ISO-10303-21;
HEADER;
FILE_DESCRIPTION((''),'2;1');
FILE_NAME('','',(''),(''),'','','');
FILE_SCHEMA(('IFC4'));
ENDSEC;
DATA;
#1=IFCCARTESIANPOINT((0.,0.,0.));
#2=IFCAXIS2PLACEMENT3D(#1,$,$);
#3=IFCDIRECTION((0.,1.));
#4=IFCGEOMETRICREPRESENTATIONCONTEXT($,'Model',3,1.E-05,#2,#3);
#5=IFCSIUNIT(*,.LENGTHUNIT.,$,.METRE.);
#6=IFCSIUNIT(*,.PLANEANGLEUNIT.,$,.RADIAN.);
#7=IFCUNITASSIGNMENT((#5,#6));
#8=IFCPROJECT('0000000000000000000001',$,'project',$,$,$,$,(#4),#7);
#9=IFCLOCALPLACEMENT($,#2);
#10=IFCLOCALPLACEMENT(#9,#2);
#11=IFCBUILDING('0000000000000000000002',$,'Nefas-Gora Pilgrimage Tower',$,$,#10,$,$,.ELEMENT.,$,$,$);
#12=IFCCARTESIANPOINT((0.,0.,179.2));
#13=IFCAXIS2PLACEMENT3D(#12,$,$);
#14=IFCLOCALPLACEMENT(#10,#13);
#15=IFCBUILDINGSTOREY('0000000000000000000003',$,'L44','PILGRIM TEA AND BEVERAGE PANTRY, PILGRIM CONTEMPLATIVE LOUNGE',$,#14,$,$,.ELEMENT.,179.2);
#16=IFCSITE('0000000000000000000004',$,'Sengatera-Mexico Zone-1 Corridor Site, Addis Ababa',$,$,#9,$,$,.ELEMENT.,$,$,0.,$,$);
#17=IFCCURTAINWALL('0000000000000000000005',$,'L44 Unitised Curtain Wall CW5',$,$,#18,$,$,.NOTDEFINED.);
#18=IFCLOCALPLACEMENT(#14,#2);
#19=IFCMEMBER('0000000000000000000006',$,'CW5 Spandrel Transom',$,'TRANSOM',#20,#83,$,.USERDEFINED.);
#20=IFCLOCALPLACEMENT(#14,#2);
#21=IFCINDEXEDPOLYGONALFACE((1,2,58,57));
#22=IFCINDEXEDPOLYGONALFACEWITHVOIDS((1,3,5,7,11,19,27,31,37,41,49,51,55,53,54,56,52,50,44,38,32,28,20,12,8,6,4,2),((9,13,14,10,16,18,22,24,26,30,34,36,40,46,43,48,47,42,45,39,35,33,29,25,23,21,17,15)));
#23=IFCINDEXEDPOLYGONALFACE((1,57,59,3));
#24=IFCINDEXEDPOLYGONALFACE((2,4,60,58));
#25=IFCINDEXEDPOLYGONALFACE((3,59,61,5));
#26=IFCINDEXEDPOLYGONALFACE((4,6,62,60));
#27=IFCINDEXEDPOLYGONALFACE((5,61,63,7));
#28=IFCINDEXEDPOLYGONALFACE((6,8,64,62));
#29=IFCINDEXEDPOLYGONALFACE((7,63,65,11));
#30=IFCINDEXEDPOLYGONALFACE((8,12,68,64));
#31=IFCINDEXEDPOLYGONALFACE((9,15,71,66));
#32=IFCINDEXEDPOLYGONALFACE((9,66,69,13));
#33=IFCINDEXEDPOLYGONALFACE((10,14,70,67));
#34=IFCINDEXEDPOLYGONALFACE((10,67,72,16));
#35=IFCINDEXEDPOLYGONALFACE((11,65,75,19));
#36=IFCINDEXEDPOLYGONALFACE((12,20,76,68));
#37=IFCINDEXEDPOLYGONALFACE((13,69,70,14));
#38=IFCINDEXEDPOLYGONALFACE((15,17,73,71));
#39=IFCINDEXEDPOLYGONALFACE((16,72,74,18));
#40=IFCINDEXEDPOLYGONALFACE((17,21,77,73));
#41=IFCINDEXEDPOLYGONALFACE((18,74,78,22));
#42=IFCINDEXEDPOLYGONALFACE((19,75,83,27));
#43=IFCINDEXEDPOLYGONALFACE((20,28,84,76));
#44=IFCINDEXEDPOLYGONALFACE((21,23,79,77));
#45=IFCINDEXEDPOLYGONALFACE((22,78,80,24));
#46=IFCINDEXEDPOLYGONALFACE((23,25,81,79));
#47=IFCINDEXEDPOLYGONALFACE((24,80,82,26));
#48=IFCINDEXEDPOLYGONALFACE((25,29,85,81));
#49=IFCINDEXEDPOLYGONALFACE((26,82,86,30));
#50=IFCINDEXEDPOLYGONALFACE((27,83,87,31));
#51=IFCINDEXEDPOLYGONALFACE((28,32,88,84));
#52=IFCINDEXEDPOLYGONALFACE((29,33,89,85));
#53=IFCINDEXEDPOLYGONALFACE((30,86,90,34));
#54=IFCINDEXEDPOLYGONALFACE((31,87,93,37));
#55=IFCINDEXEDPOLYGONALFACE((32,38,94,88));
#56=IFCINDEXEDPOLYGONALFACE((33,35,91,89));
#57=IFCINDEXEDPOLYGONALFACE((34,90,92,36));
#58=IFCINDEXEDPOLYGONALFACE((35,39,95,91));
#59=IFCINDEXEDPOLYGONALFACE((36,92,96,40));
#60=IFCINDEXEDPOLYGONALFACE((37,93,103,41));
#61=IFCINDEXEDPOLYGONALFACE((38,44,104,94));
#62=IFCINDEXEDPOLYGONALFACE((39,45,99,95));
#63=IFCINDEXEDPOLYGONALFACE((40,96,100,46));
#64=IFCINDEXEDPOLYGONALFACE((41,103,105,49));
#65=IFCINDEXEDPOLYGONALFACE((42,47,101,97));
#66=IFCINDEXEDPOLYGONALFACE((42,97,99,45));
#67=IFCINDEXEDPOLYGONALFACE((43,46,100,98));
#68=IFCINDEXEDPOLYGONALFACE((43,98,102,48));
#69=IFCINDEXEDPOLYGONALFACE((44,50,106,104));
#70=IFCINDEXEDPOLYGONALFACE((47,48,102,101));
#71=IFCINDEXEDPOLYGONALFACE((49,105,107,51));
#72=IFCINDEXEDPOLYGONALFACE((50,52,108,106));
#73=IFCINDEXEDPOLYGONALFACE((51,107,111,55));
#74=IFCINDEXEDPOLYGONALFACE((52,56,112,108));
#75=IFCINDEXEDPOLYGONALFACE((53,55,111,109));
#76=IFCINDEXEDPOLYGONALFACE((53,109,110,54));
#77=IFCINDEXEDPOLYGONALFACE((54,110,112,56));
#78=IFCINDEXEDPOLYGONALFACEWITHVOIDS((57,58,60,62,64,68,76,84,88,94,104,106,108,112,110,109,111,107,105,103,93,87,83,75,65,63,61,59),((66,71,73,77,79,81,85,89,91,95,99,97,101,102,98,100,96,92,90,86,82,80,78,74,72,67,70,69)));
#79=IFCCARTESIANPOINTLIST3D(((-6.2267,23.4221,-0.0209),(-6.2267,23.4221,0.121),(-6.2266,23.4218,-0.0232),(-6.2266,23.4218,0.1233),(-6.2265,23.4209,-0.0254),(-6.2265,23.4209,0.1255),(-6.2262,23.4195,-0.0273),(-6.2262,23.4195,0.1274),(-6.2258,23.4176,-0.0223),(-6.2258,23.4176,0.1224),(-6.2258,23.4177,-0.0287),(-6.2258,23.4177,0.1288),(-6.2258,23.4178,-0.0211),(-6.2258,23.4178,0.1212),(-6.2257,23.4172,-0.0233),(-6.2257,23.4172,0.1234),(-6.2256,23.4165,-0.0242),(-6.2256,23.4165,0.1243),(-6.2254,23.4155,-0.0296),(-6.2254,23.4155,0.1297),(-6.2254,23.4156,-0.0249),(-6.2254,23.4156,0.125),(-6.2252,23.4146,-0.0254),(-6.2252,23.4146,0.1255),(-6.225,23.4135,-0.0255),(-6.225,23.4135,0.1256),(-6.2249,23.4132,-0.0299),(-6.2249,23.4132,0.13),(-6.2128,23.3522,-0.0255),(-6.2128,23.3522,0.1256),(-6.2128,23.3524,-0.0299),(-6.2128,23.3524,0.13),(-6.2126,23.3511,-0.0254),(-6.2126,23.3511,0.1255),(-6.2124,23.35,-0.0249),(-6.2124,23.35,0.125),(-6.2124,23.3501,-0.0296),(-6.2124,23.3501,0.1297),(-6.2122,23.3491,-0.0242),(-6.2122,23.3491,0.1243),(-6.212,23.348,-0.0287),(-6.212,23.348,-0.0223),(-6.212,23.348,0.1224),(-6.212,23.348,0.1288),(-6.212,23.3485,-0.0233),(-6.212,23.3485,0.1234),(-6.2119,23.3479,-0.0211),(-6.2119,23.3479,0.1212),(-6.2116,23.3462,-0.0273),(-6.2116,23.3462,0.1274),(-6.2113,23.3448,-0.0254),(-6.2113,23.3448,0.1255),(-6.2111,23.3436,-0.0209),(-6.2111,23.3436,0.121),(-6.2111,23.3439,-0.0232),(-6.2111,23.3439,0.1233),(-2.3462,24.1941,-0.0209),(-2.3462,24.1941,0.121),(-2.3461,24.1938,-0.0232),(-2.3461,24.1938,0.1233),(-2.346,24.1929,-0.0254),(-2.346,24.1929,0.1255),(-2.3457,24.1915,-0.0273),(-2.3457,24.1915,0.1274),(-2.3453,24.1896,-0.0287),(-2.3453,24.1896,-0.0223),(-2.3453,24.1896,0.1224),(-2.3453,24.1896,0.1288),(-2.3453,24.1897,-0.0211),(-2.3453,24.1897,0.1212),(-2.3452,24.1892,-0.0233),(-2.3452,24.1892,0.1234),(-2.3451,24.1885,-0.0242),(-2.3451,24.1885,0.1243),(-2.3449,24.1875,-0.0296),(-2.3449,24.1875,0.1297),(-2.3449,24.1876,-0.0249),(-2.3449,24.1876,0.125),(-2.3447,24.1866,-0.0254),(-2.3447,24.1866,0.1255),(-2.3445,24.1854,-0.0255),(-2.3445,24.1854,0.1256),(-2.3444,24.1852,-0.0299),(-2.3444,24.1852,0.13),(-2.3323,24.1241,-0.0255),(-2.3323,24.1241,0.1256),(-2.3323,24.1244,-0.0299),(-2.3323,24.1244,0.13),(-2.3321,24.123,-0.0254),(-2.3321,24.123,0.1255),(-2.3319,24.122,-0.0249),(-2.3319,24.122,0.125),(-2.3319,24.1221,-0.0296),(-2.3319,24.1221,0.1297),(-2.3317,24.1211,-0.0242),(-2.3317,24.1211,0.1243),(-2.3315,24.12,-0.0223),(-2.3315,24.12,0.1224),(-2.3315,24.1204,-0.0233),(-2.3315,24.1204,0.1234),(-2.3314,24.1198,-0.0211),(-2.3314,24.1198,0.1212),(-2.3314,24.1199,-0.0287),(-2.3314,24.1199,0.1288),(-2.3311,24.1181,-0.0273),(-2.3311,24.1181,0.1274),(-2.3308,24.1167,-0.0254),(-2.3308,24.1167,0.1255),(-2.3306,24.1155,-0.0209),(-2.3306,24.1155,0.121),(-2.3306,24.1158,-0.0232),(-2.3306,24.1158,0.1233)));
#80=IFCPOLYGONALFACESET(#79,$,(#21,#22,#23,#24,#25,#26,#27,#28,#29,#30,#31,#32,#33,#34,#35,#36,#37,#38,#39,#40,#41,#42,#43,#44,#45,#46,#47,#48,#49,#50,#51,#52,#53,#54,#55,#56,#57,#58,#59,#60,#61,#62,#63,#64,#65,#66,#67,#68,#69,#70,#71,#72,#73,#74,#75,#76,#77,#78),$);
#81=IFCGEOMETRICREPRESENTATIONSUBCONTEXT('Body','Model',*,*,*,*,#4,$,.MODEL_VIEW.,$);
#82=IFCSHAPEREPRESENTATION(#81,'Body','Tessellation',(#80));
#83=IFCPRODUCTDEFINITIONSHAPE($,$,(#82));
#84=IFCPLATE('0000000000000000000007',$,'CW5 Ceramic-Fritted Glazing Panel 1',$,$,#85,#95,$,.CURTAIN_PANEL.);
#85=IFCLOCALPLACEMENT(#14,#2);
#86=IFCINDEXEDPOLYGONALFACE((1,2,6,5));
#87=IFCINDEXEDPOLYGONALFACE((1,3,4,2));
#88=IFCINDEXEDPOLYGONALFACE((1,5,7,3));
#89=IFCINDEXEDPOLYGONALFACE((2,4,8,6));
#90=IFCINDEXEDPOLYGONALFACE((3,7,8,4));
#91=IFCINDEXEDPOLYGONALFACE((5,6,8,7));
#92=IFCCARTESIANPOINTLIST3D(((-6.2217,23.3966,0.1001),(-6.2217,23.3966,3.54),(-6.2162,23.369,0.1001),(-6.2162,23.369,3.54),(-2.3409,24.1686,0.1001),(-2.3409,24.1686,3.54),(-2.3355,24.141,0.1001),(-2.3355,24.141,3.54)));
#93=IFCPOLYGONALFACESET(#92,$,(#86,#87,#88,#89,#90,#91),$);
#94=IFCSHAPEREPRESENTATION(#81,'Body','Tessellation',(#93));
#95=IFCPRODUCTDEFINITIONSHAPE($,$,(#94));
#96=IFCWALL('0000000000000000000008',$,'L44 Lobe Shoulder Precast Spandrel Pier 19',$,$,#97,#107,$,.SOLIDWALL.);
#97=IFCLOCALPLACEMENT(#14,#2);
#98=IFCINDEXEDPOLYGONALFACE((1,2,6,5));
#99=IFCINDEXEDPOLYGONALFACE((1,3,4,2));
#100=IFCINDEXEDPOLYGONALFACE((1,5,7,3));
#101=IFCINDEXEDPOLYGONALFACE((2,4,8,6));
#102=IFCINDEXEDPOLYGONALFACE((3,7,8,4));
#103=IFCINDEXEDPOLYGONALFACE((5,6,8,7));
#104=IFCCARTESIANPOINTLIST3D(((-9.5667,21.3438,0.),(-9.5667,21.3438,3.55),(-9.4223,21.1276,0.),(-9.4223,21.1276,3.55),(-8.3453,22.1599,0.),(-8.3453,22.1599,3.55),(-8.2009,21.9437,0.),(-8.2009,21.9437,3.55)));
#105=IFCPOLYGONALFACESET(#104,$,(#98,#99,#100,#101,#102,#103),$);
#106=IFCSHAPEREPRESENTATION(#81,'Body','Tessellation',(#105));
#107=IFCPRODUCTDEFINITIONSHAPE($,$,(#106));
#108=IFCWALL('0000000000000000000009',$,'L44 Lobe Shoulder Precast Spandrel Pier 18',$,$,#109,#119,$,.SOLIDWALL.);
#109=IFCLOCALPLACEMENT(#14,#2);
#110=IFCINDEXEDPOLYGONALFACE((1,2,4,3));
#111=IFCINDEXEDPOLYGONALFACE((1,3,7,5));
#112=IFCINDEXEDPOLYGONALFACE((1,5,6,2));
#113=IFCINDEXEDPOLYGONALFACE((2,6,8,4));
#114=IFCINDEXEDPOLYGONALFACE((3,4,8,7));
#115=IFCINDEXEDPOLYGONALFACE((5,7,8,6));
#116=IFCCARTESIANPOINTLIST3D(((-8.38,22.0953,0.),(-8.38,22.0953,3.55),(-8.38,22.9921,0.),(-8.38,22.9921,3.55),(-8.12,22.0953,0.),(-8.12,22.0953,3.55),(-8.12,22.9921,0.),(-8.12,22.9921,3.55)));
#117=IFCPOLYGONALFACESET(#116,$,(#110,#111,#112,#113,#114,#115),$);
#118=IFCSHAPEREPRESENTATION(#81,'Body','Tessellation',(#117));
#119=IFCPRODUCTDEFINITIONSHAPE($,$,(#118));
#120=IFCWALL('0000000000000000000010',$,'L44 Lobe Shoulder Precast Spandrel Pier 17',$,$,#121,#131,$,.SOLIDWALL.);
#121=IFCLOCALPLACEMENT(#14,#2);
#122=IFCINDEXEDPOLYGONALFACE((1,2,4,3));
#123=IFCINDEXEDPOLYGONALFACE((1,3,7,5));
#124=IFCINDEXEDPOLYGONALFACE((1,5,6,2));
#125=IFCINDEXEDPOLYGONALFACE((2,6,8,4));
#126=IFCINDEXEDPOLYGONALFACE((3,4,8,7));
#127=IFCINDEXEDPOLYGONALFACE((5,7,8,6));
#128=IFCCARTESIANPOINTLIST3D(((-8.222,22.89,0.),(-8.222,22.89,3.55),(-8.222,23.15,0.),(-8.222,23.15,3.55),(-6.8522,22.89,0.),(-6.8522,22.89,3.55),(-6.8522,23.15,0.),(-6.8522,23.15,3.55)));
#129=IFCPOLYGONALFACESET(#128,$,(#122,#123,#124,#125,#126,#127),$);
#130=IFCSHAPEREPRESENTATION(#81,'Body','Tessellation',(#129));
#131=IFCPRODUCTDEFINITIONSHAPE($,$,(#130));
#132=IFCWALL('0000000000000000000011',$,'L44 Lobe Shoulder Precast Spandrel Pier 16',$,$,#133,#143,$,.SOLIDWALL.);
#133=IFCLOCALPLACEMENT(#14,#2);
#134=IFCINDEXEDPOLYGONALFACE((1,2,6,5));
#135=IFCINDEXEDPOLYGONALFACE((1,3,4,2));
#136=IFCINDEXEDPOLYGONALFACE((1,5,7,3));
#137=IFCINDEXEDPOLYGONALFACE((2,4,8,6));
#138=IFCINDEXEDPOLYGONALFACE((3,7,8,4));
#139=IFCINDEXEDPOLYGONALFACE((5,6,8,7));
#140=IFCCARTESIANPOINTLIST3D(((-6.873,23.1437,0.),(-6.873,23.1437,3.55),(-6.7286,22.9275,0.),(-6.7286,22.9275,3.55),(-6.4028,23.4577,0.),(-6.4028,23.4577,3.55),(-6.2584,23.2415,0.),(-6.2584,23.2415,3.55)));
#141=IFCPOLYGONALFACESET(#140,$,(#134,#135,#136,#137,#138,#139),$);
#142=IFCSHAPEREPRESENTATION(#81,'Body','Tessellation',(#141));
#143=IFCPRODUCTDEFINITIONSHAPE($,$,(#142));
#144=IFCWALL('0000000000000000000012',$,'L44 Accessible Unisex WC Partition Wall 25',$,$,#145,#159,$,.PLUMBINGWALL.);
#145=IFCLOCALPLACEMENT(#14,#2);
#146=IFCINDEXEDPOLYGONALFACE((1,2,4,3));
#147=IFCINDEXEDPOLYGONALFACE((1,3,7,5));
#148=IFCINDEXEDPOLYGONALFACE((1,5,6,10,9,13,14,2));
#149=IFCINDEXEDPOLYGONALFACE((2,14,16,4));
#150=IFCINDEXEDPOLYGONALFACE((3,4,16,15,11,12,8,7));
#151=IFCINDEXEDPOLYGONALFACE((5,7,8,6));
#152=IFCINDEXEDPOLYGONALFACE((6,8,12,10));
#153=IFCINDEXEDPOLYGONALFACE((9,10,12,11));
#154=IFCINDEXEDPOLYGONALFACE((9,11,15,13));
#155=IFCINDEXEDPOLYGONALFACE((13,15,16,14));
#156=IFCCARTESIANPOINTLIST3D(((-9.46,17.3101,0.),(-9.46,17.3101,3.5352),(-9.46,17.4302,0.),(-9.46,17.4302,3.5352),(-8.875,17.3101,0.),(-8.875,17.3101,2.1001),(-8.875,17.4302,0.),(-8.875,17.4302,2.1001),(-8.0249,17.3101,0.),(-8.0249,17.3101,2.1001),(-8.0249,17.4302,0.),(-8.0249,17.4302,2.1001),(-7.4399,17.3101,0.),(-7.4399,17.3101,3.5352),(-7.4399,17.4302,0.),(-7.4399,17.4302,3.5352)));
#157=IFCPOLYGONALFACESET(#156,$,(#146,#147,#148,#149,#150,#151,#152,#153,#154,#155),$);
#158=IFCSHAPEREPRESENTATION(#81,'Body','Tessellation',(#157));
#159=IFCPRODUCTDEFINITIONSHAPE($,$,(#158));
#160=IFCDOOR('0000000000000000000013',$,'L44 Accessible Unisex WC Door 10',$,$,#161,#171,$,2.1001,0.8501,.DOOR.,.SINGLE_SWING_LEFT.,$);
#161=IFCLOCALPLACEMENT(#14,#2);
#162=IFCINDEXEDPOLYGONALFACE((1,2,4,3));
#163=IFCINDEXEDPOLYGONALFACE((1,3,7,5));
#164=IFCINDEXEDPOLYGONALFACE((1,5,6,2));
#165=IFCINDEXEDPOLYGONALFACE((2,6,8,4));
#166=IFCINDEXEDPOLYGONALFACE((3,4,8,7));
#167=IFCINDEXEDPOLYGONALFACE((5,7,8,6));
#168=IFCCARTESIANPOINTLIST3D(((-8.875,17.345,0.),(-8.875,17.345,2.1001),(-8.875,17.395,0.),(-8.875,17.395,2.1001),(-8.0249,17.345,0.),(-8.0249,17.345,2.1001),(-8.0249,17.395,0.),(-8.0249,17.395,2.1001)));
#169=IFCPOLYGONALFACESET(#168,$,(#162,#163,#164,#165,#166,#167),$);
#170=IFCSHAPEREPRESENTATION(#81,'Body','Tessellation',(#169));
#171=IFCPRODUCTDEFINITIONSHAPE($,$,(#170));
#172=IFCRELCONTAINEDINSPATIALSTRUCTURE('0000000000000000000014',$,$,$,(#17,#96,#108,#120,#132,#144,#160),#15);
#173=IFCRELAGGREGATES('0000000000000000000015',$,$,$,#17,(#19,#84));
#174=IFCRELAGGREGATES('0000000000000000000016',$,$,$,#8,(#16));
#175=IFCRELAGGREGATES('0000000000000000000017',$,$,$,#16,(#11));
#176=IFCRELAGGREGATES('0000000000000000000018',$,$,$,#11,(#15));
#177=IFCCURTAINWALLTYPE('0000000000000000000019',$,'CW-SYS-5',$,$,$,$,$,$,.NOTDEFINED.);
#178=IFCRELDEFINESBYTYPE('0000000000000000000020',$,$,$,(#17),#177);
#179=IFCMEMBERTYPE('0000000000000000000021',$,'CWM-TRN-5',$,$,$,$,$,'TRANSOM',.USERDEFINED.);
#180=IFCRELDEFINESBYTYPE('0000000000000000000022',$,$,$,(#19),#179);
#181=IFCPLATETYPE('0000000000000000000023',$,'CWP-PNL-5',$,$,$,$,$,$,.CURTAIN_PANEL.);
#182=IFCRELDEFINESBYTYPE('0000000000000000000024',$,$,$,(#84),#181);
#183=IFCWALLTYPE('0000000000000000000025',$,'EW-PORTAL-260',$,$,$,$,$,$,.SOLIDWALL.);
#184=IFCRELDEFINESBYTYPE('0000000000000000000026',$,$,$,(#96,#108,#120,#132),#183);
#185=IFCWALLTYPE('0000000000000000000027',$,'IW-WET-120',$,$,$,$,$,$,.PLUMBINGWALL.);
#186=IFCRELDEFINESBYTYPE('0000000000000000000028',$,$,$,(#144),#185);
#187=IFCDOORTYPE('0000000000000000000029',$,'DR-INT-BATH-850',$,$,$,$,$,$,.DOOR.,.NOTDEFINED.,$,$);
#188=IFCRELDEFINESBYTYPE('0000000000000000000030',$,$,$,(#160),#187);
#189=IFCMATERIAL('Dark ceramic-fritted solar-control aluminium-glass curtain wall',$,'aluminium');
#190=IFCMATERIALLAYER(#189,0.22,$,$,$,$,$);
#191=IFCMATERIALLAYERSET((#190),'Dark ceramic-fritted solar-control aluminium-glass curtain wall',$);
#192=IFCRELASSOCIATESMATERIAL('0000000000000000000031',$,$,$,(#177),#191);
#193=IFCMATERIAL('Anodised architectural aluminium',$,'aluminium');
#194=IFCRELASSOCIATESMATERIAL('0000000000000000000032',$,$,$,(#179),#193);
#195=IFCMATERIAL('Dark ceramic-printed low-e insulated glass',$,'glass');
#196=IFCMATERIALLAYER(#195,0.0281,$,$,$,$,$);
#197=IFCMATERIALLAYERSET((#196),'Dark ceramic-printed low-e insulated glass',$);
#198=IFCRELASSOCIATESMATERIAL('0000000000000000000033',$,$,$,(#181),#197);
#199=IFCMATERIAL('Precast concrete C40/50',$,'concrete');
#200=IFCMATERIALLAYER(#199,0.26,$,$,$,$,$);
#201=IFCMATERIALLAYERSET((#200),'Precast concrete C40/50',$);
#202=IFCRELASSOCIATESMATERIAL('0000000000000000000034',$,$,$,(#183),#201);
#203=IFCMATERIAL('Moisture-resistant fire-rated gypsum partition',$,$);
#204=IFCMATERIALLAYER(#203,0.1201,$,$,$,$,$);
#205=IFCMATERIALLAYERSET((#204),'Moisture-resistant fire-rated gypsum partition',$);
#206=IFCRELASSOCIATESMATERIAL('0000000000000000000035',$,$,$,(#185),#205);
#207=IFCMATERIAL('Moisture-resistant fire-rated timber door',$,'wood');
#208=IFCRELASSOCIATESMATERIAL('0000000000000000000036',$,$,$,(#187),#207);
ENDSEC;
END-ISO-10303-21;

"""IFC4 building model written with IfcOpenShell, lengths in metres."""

from ifc_helpers import new_model, si_unit, direction, frame, frame_2d, origin, origin_2d, place, context, subcontext, project, spatial, rectangle, hollow_rectangle, extrude, source, transform, mapped, material, layer, layer_set, material_profile, profile_set, type_object, element, fill, aggregate, save


model = new_model("IFC4")

# Units and contexts
model_context = context("Model", 3, precision=1e-05, world=origin(), true_north=direction((0.0, 1.0)))
body_context = subcontext(model_context, "Body", "Model", "MODEL_VIEW")
ifc_project = project(units=[si_unit("LENGTHUNIT", "METRE"), si_unit("PLANEANGLEUNIT", "RADIAN")], contexts=[model_context])

# Site, building, storey
site_placement = place(None, origin())
site = spatial("IfcSite", under=ifc_project, at=site_placement, Name="Sengatera-Mexico Zone-1 Corridor Site, Addis Ababa", CompositionType="ELEMENT", RefElevation=0.0)
building_placement = place(site_placement, origin())
building = spatial("IfcBuilding", under=site, at=building_placement, Name="Nefas-Gora Pilgrimage Tower", CompositionType="ELEMENT")
storey_placement = place(building_placement, frame((0.0, 0.0, 179.2)))
storey = spatial("IfcBuildingStorey", under=building, at=storey_placement, Name="L44", Description="PILGRIM TEA AND BEVERAGE PANTRY, PILGRIM CONTEMPLATIVE LOUNGE", CompositionType="ELEMENT", Elevation=179.2)

# Curtain wall
ifc_material_1 = material(Name="Dark ceramic-fritted solar-control aluminium-glass curtain wall", Category="aluminium")
ifc_layer_1 = layer(ifc_material_1, 0.22)
ifc_layer_set_1 = layer_set([ifc_layer_1], Name="Dark ceramic-fritted solar-control aluminium-glass curtain wall")
curtain_wall_type = type_object("IfcCurtainWallType", Name="CW-SYS-5", PredefinedType="NOTDEFINED", material=ifc_layer_set_1)
curtain_wall_1_placement = place(storey_placement, origin())
curtain_wall_1 = element("IfcCurtainWall", 1, at=curtain_wall_1_placement, inside=storey, type_object=curtain_wall_type, Name="L44 Unitised Curtain Wall CW5", PredefinedType="NOTDEFINED")
ifc_material_2 = material(Name="Anodised architectural aluminium", Category="aluminium")
ifc_material_profile_1 = material_profile(ifc_material_2, hollow_rectangle(XDim=0.0801, YDim=0.1599, WallThickness=0.0044, InnerFilletRadius=0.0044, OuterFilletRadius=0.009, at=origin_2d()), Name="ALU TRANSOM 80x160")
ifc_profile_set_1 = profile_set([ifc_material_profile_1], Name="Anodised architectural aluminium")
member_type_1 = type_object("IfcMemberType", Name="CWM-TRN-5", ElementType="TRANSOM", PredefinedType="USERDEFINED", material=ifc_profile_set_1)

# Member
shared_shape_1 = source(origin(), body_context, "Body", "SweptSolid", [
    extrude(hollow_rectangle(XDim=0.0801, YDim=0.1599, WallThickness=0.0044, InnerFilletRadius=0.0044, OuterFilletRadius=0.009, at=origin_2d()), origin(), (0.0, 0.0, 1.0), 3.9565),
])
member_1_placement = place(storey_placement, frame((-2.3384, 24.1548, 0.05), z_axis=(-0.980782, -0.195107, 0.0), x_axis=(0.195107, -0.980782, 0.0)))
member_1 = element("IfcMember", 2, at=member_1_placement, type_object=member_type_1, Name="CW5 Spandrel Transom", ObjectType="TRANSOM", PredefinedType="USERDEFINED", context=body_context, shape_type="MappedRepresentation", body=[
    mapped(shared_shape_1, transform((0.0, 0.0, 0.0), x_axis=(1.0, 0.0, 0.0), y_axis=(0.0, 1.0, 0.0), z_axis=(0.0, 0.0, 1.0), scale=1.0)),
])

# Plate
ifc_material_3 = material(Name="Dark ceramic-printed low-e insulated glass", Category="glass")
ifc_layer_2 = layer(ifc_material_3, 0.0281)
ifc_layer_set_2 = layer_set([ifc_layer_2], Name="Dark ceramic-printed low-e insulated glass")
plate_type = type_object("IfcPlateType", Name="CWP-PNL-5", PredefinedType="CURTAIN_PANEL", material=ifc_layer_set_2)
shared_shape_2 = source(origin(), body_context, "Body", "SweptSolid", [
    extrude(rectangle(XDim=3.9568, YDim=0.0281, at=origin_2d()), origin(), (0.0, 0.0, 1.0), 3.4399),
])
plate_placement = place(storey_placement, frame((-4.2786, 23.7688, 0.1001), z_axis=(0.0, 0.0, 1.0), x_axis=(-0.980783, -0.195102, 0.0)))
plate = element("IfcPlate", 3, at=plate_placement, type_object=plate_type, Name="CW5 Ceramic-Fritted Glazing Panel 1", PredefinedType="CURTAIN_PANEL", context=body_context, shape_type="MappedRepresentation", body=[
    mapped(shared_shape_2, transform((0.0, 0.0, 0.0), x_axis=(1.0, 0.0, 0.0), y_axis=(0.0, 1.0, 0.0), z_axis=(0.0, 0.0, 1.0), scale=1.0)),
])
aggregate(curtain_wall_1, [member_1, plate])

# Walls
ifc_material_4 = material(Name="Precast concrete C40/50", Category="concrete")
ifc_layer_3 = layer(ifc_material_4, 0.26)
ifc_layer_set_3 = layer_set([ifc_layer_3], Name="Precast concrete C40/50")
wall_type_1 = type_object("IfcWallType", Name="EW-PORTAL-260", PredefinedType="SOLIDWALL", material=ifc_layer_set_3)
shared_shape_3 = source(origin(), body_context, "Body", "SweptSolid", [
    extrude(rectangle(XDim=1.469, YDim=0.26, at=frame_2d((0.7344, 0.0))), origin(), (0.0, 0.0, 1.0), 3.55),
])
wall_1_placement = place(storey_placement, frame((-8.2732, 22.0518, 0.0), z_axis=(0.0, 0.0, 1.0), x_axis=(-0.831462, -0.555582, 0.0)))
element("IfcWall", 4, at=wall_1_placement, inside=storey, type_object=wall_type_1, Name="L44 Lobe Shoulder Precast Spandrel Pier 19", PredefinedType="SOLIDWALL", context=body_context, shape_type="MappedRepresentation", body=[
    mapped(shared_shape_3, transform((0.0, 0.0, 0.0), x_axis=(1.0, 0.0, 0.0), y_axis=(0.0, 1.0, 0.0), z_axis=(0.0, 0.0, 1.0), scale=1.0)),
])
shared_shape_4 = source(origin(), body_context, "Body", "SweptSolid", [
    extrude(rectangle(XDim=0.8967, YDim=0.26, at=frame_2d((0.4482, 0.0))), origin(), (0.0, 0.0, 1.0), 3.55),
])
wall_2_placement = place(storey_placement, frame((-8.25, 22.9919, 0.0), z_axis=(0.0, 0.0, 1.0), x_axis=(0.0, -1.0, 0.0)))
element("IfcWall", 5, at=wall_2_placement, inside=storey, type_object=wall_type_1, Name="L44 Lobe Shoulder Precast Spandrel Pier 18", PredefinedType="SOLIDWALL", context=body_context, shape_type="MappedRepresentation", body=[
    mapped(shared_shape_4, transform((0.0, 0.0, 0.0), x_axis=(1.0, 0.0, 0.0), y_axis=(0.0, 1.0, 0.0), z_axis=(0.0, 0.0, 1.0), scale=1.0)),
])
shared_shape_5 = source(origin(), body_context, "Body", "SweptSolid", [
    extrude(rectangle(XDim=1.3699, YDim=0.26, at=frame_2d((0.6851, 0.0))), origin(), (0.0, 0.0, 1.0), 3.55),
])
wall_3_placement = place(storey_placement, frame((-6.8521, 23.02, 0.0), z_axis=(0.0, 0.0, 1.0), x_axis=(-1.0, 0.0, 0.0)))
element("IfcWall", 6, at=wall_3_placement, inside=storey, type_object=wall_type_1, Name="L44 Lobe Shoulder Precast Spandrel Pier 17", PredefinedType="SOLIDWALL", context=body_context, shape_type="MappedRepresentation", body=[
    mapped(shared_shape_5, transform((0.0, 0.0, 0.0), x_axis=(1.0, 0.0, 0.0), y_axis=(0.0, 1.0, 0.0), z_axis=(0.0, 0.0, 1.0), scale=1.0)),
])
shared_shape_6 = source(origin(), body_context, "Body", "SweptSolid", [
    extrude(rectangle(XDim=0.5654, YDim=0.26, at=frame_2d((0.2827, 0.0))), origin(), (0.0, 0.0, 1.0), 3.55),
])
wall_4_placement = place(storey_placement, frame((-6.3306, 23.3496, 0.0), z_axis=(0.0, 0.0, 1.0), x_axis=(-0.831651, -0.555298, 0.0)))
element("IfcWall", 7, at=wall_4_placement, inside=storey, type_object=wall_type_1, Name="L44 Lobe Shoulder Precast Spandrel Pier 16", PredefinedType="SOLIDWALL", context=body_context, shape_type="MappedRepresentation", body=[
    mapped(shared_shape_6, transform((0.0, 0.0, 0.0), x_axis=(1.0, 0.0, 0.0), y_axis=(0.0, 1.0, 0.0), z_axis=(0.0, 0.0, 1.0), scale=1.0)),
])

# Wall, opening, door
ifc_material_5 = material(Name="Moisture-resistant fire-rated gypsum partition")
ifc_layer_4 = layer(ifc_material_5, 0.1201)
ifc_layer_set_4 = layer_set([ifc_layer_4], Name="Moisture-resistant fire-rated gypsum partition")
wall_type_2 = type_object("IfcWallType", Name="IW-WET-120", PredefinedType="PLUMBINGWALL", material=ifc_layer_set_4)
shared_shape_7 = source(origin(), body_context, "Body", "SweptSolid", [
    extrude(rectangle(XDim=2.02, YDim=0.1201, at=frame_2d((1.01, 0.0))), origin(), (0.0, 0.0, 1.0), 3.5352),
])
wall_5_placement = place(storey_placement, frame((-9.46, 17.3701, 0.0), z_axis=(0.0, 0.0, 1.0), x_axis=(1.0, 0.0, 0.0)))
wall_5 = element("IfcWall", 8, at=wall_5_placement, inside=storey, type_object=wall_type_2, Name="L44 Accessible Unisex WC Partition Wall 25", PredefinedType="PLUMBINGWALL", context=body_context, shape_type="MappedRepresentation", body=[
    mapped(shared_shape_7, transform((0.0, 0.0, 0.0), x_axis=(1.0, 0.0, 0.0), y_axis=(0.0, 1.0, 0.0), z_axis=(0.0, 0.0, 1.0), scale=1.0)),
])
opening_1_placement = place(wall_5_placement, frame((0.585, 0.0, 0.0)))
opening_1 = element("IfcOpeningElement", 9, at=opening_1_placement, cuts=wall_5, PredefinedType="OPENING", context=body_context, shape_type="SweptSolid", body=[
    extrude(rectangle(XDim=0.8501, YDim=2.1001, at=frame_2d((0.425, 1.05))), frame((0.0, 0.0701, 0.0), z_axis=(0.0, -1.0, 0.0), x_axis=(1.0, 0.0, 0.0)), (0.0, 0.0, 1.0), 0.1401),
])
ifc_material_6 = material(Name="Moisture-resistant fire-rated timber door", Category="wood")
door_type_1 = type_object("IfcDoorType", Name="DR-INT-BATH-850", OperationType="NOTDEFINED", PredefinedType="DOOR", material=ifc_material_6)
shared_shape_8 = source(origin(), body_context, "Body", "SweptSolid", [
    extrude(rectangle(XDim=0.8501, YDim=2.1001, at=frame_2d((0.425, 1.05))), frame((0.0, 0.0249, 0.0), z_axis=(0.0, -1.0, 0.0), x_axis=(1.0, 0.0, 0.0)), (0.0, 0.0, 1.0), 0.05),
])
door_1_placement = place(opening_1_placement, origin())
door_1 = element("IfcDoor", 10, at=door_1_placement, inside=storey, type_object=door_type_1, Name="L44 Accessible Unisex WC Door 10", OperationType="SINGLE_SWING_LEFT", OverallHeight=2.1001, OverallWidth=0.8501, PredefinedType="DOOR", context=body_context, shape_type="MappedRepresentation", body=[
    mapped(shared_shape_8, transform((0.0, 0.0, 0.0), x_axis=(1.0, 0.0, 0.0), y_axis=(0.0, 1.0, 0.0), z_axis=(0.0, 0.0, 1.0), scale=1.0)),
])
fill(opening_1, door_1)

save(model, "model.ifc")
